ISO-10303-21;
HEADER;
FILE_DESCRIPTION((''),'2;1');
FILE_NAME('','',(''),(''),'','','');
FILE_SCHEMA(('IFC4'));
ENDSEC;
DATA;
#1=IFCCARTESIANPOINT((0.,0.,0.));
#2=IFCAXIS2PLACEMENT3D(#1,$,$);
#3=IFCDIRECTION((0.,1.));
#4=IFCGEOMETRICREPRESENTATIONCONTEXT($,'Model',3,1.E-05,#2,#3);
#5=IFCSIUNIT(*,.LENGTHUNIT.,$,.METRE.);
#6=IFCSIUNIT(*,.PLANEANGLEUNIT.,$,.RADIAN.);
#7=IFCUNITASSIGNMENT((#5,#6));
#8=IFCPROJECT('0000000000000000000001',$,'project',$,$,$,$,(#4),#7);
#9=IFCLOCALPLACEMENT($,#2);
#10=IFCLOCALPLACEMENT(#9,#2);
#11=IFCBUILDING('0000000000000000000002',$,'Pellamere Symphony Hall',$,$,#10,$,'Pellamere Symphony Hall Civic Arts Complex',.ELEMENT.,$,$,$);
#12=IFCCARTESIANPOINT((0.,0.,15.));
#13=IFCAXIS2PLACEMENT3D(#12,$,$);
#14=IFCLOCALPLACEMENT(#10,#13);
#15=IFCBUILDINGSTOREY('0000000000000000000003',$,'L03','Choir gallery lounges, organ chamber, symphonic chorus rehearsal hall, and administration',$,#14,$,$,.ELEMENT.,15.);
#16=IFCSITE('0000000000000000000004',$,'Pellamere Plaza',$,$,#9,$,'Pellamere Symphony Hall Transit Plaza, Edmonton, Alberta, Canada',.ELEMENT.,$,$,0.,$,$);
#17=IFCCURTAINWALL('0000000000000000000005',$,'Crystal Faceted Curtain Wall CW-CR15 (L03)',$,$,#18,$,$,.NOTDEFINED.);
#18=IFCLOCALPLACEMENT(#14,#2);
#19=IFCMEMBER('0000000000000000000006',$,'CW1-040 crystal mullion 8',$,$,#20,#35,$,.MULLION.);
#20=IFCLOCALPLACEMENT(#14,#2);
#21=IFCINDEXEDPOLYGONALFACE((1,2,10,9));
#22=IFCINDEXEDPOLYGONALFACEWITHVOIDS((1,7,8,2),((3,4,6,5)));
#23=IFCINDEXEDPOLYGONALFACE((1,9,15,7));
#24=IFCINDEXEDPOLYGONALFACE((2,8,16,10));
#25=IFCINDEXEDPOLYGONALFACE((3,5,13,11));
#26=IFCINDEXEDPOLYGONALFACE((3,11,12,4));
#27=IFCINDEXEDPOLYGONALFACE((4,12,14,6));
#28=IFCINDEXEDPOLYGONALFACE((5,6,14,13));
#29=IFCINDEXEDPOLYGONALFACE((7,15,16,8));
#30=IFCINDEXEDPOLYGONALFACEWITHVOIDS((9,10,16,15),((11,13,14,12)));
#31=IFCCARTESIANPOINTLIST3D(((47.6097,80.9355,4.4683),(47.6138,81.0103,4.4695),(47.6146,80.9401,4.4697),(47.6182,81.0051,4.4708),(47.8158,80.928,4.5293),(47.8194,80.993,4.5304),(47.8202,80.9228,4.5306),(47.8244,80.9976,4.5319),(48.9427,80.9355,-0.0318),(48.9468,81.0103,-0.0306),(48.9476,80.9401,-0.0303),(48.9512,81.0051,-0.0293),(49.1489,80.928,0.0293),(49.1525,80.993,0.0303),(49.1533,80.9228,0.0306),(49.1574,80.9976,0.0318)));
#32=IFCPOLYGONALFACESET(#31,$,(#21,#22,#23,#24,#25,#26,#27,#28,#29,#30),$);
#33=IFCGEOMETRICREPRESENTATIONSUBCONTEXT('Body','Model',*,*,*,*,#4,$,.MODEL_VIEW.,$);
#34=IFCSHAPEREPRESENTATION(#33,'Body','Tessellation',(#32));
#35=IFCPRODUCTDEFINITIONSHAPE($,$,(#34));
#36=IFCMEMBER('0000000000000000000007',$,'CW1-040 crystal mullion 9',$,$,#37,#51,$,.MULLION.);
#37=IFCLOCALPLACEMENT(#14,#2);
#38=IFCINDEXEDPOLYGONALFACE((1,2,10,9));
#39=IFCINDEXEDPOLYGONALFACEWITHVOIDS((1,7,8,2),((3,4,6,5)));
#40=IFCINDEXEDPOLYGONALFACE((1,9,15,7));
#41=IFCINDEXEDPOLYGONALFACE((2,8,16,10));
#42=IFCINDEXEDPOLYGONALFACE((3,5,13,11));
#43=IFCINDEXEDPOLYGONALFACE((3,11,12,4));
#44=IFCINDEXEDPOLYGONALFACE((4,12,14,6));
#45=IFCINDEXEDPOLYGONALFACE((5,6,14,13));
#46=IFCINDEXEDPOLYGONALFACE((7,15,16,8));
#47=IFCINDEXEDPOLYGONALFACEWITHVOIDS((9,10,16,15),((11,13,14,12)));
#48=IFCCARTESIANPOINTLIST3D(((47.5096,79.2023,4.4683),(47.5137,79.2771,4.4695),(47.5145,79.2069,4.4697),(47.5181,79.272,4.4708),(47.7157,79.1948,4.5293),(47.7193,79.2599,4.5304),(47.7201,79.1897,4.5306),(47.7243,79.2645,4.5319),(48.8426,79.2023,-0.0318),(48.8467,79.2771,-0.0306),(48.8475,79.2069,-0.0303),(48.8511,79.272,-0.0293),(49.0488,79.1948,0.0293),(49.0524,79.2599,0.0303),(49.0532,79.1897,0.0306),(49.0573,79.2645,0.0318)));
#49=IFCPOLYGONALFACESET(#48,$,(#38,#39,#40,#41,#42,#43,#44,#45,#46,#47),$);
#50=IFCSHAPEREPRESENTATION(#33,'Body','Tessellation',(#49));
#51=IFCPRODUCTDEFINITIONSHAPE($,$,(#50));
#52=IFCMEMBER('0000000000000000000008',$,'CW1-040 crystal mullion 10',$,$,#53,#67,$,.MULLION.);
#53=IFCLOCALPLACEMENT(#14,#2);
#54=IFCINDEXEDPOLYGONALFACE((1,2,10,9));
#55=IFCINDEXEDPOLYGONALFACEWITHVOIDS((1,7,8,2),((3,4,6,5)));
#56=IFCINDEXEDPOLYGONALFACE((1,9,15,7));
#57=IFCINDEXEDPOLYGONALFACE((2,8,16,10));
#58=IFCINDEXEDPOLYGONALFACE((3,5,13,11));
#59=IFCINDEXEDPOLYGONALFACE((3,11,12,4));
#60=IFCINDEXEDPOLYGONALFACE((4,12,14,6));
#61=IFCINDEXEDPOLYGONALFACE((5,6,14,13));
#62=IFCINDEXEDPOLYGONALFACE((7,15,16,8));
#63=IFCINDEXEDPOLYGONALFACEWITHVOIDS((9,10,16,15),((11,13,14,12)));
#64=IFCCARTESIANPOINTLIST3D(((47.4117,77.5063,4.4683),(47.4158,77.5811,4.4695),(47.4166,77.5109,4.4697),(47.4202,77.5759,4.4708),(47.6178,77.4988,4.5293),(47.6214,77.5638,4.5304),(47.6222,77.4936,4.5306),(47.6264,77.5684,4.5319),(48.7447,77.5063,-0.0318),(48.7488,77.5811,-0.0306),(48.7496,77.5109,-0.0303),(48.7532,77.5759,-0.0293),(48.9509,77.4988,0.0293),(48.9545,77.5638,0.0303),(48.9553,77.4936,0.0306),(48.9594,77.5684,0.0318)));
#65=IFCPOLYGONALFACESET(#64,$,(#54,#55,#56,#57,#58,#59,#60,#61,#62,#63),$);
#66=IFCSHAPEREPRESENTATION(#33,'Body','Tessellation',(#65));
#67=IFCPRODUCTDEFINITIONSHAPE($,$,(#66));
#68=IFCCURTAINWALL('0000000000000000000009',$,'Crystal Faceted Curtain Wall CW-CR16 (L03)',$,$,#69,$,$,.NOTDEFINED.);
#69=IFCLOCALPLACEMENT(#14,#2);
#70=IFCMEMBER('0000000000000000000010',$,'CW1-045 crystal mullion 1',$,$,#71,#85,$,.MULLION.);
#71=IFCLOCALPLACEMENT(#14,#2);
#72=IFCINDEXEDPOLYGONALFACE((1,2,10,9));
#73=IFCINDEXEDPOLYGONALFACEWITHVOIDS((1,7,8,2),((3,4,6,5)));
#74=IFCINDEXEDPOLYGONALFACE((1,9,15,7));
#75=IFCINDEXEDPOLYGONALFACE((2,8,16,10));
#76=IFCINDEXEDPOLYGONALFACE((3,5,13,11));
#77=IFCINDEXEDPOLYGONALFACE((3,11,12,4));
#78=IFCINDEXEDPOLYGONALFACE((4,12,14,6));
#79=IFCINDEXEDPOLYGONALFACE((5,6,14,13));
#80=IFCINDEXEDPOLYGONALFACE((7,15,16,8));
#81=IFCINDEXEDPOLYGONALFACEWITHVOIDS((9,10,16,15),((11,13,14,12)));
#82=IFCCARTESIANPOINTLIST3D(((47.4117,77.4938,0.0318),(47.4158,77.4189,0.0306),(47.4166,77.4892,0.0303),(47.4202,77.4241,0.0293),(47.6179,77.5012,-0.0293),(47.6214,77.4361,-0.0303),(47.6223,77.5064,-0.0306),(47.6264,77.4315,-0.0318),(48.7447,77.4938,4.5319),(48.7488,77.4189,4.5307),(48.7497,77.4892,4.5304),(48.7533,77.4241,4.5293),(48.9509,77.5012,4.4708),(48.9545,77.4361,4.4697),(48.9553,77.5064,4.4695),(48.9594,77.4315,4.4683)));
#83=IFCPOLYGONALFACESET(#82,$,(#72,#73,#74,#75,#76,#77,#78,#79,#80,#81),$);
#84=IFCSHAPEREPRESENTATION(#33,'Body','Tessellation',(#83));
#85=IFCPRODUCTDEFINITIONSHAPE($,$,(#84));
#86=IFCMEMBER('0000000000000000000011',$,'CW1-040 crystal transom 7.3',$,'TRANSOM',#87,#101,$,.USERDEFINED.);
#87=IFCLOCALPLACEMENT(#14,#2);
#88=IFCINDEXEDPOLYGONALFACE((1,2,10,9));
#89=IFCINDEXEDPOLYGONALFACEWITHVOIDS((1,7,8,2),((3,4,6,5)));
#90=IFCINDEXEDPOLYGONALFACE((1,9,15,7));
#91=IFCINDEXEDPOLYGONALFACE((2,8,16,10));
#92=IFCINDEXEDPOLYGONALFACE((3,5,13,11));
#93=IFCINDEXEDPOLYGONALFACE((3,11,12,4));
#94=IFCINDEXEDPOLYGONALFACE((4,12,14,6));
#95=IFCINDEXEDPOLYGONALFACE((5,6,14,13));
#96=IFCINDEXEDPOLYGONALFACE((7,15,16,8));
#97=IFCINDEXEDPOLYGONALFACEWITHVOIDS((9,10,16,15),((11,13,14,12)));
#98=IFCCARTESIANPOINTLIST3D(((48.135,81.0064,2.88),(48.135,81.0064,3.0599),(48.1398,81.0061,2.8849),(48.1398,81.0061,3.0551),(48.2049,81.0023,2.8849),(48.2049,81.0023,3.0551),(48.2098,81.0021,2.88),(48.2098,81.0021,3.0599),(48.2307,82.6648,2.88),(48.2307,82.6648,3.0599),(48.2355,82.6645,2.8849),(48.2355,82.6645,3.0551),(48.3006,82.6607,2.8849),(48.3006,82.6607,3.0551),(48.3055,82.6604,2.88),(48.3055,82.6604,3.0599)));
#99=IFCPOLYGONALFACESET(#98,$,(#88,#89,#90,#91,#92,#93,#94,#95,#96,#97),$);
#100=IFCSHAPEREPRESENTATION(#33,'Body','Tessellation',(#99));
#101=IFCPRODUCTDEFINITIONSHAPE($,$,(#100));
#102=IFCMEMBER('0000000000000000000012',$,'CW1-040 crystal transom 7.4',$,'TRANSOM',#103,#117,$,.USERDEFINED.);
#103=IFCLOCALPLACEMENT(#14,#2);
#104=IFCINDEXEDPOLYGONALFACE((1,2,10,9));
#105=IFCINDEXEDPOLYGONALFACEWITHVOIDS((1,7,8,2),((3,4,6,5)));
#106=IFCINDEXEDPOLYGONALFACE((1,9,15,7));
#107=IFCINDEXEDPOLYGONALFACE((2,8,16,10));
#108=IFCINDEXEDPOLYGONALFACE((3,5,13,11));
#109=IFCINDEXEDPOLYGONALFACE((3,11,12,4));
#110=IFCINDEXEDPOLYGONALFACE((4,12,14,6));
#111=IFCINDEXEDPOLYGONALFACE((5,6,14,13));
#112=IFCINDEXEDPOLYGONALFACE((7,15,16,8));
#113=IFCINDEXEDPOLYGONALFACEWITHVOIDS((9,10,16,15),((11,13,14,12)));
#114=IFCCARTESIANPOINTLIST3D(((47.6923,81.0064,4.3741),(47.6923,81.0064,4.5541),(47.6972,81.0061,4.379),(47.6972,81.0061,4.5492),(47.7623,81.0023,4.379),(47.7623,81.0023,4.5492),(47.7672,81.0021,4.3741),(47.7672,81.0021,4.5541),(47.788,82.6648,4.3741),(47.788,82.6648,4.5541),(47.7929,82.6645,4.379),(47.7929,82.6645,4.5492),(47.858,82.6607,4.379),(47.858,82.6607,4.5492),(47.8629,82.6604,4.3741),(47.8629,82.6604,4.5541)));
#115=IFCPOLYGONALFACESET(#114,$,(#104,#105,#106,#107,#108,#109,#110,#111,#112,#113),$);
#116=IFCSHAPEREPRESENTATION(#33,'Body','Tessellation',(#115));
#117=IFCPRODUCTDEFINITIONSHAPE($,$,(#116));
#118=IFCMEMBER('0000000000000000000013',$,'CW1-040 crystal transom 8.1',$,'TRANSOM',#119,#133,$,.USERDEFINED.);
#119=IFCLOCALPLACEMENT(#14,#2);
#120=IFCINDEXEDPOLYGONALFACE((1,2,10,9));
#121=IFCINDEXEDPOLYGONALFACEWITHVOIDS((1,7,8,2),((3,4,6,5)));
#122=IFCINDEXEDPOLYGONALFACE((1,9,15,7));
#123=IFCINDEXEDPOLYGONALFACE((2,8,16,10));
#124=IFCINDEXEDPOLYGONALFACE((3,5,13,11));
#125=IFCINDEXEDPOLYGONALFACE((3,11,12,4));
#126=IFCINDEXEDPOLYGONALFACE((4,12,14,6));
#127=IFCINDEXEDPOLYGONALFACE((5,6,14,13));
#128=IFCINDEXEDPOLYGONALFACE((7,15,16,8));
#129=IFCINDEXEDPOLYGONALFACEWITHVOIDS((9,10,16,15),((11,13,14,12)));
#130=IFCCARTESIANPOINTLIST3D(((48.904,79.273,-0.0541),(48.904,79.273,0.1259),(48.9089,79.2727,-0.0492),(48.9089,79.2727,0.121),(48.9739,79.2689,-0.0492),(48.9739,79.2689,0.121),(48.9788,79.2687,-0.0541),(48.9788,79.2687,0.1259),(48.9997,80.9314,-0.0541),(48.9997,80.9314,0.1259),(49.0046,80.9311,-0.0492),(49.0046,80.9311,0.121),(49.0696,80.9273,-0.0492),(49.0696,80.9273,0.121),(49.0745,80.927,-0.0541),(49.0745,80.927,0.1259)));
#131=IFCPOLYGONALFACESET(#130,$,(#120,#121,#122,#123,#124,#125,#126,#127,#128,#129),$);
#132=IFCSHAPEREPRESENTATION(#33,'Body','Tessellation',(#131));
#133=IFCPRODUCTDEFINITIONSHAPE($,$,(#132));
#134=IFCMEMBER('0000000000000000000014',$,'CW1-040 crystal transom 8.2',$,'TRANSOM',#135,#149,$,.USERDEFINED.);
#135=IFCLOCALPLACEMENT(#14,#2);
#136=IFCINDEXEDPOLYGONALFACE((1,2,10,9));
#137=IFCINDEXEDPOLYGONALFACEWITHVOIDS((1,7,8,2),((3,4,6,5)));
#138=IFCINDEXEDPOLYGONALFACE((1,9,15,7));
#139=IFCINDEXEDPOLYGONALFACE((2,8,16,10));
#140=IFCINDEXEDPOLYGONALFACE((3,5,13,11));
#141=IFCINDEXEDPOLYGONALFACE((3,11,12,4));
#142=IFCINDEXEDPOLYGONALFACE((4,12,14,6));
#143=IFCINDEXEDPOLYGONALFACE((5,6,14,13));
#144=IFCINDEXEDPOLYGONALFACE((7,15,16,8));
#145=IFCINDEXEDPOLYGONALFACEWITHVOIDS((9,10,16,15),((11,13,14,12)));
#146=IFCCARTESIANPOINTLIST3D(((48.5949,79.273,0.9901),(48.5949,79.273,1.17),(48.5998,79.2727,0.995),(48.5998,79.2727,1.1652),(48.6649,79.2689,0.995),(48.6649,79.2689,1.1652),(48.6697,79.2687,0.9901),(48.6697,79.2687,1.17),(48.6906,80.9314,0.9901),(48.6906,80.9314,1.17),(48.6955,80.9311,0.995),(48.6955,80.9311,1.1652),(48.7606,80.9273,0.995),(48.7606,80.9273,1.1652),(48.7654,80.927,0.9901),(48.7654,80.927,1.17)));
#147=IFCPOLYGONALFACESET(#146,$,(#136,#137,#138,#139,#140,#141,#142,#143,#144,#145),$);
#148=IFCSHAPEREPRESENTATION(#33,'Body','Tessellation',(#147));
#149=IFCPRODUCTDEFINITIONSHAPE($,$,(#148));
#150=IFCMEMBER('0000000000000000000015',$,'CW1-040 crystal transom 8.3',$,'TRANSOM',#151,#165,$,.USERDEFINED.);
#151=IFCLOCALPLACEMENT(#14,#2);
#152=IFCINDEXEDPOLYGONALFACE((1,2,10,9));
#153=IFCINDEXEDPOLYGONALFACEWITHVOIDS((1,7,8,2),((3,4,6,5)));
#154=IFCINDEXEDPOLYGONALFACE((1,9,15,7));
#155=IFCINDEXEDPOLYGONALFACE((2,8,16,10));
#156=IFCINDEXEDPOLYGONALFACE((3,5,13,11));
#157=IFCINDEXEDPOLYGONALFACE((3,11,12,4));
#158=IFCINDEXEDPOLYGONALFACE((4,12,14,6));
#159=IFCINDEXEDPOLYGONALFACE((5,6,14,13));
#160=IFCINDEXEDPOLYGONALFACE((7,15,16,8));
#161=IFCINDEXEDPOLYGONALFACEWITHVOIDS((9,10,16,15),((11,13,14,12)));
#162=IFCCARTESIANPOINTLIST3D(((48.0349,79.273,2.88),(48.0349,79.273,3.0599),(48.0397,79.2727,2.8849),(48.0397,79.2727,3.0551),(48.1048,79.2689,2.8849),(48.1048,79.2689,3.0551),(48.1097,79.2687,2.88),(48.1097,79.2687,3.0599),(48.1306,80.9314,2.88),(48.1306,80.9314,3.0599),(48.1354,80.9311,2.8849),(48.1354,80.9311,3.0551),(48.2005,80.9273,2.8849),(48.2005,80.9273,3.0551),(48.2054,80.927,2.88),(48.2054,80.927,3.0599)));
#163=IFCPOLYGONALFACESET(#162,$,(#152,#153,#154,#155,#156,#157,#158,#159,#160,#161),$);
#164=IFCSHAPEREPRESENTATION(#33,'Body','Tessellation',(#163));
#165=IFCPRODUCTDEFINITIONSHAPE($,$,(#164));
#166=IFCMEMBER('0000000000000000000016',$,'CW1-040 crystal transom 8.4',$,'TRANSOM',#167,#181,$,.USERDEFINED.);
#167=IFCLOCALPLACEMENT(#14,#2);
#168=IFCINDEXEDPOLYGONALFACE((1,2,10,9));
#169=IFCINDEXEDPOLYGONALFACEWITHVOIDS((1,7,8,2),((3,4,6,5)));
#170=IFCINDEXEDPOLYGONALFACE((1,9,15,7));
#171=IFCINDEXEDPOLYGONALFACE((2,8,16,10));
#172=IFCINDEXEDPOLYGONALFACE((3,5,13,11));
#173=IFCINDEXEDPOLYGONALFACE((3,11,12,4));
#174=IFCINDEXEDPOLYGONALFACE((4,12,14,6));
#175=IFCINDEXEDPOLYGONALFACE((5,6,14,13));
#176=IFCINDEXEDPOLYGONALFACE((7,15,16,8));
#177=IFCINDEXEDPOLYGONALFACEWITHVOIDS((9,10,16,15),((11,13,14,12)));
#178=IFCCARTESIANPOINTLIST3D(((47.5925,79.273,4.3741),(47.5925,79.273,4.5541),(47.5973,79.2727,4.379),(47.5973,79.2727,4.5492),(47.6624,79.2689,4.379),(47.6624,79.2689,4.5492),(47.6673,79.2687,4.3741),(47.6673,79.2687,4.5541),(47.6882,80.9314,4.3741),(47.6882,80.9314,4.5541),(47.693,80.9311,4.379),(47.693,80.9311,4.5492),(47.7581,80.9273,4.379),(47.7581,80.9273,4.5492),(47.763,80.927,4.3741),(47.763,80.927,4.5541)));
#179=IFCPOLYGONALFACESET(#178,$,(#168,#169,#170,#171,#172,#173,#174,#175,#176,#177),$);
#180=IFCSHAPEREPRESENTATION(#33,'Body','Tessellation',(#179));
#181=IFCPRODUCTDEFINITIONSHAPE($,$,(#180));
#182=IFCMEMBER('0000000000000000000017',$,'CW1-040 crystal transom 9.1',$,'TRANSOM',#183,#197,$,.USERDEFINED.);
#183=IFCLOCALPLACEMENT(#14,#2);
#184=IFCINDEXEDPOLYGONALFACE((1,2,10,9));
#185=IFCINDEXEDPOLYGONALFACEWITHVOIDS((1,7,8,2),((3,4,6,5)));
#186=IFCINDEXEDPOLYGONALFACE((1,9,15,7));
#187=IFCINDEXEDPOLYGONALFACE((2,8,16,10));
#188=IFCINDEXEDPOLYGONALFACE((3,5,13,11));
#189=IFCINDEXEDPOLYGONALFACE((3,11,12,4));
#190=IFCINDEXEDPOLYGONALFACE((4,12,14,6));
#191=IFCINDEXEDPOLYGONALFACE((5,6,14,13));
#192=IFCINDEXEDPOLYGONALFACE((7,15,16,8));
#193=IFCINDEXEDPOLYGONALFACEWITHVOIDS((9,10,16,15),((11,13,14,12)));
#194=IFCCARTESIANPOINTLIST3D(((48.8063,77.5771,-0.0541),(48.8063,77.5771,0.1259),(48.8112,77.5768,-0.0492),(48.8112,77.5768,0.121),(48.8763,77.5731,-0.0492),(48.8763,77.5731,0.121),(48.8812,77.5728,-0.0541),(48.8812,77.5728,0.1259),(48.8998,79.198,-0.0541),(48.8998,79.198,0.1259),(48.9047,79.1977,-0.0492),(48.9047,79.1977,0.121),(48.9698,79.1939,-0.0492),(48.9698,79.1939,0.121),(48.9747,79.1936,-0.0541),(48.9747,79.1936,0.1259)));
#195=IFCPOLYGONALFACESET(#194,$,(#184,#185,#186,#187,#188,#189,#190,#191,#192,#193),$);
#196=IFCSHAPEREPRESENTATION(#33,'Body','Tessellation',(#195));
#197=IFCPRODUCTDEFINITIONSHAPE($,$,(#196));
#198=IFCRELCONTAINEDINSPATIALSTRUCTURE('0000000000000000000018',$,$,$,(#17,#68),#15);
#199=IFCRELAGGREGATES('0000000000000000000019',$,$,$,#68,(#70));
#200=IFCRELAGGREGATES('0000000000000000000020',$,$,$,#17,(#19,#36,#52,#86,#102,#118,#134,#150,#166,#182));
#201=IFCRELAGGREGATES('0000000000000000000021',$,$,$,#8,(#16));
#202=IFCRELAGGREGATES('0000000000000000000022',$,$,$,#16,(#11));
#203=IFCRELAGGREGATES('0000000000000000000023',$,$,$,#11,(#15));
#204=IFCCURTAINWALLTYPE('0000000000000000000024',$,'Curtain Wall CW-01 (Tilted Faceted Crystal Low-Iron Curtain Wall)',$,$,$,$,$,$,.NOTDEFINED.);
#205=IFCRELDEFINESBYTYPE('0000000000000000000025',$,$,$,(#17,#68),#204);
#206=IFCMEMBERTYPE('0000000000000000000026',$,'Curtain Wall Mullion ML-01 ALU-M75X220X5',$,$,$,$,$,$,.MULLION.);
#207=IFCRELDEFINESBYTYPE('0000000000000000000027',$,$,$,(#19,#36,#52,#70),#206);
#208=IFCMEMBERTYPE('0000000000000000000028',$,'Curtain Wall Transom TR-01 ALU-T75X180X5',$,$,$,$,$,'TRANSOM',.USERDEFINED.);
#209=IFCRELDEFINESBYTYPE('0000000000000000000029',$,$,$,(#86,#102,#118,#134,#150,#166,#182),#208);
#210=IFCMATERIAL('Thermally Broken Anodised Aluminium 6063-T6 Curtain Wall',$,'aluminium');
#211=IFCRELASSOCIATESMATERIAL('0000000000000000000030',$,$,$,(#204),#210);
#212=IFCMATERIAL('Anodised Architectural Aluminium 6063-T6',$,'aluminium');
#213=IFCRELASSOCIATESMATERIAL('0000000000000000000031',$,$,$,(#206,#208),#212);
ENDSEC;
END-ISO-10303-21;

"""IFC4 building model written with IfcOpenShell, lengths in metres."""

from ifc_helpers import new_model, si_unit, direction, frame, origin, origin_2d, place, context, subcontext, project, spatial, hollow_rectangle, extrude, material, material_profile, profile_set, type_object, element, aggregate, save


model = new_model("IFC4")

# Units and contexts
model_context = context("Model", 3, precision=1e-05, world=origin(), true_north=direction((0.0, 1.0)))
body_context = subcontext(model_context, "Body", "Model", "MODEL_VIEW")
ifc_project = project(units=[si_unit("LENGTHUNIT", "METRE"), si_unit("PLANEANGLEUNIT", "RADIAN")], contexts=[model_context])

# Site, building, storey
site_placement = place(None, origin())
site = spatial("IfcSite", under=ifc_project, at=site_placement, Name="Pellamere Plaza", LongName="Pellamere Symphony Hall Transit Plaza, Edmonton, Alberta, Canada", CompositionType="ELEMENT", RefElevation=0.0)
building_placement = place(site_placement, origin())
building = spatial("IfcBuilding", under=site, at=building_placement, Name="Pellamere Symphony Hall", LongName="Pellamere Symphony Hall Civic Arts Complex", CompositionType="ELEMENT")
storey_placement = place(building_placement, frame((0.0, 0.0, 15.0)))
storey = spatial("IfcBuildingStorey", under=building, at=storey_placement, Name="L03", Description="Choir gallery lounges, organ chamber, symphonic chorus rehearsal hall, and administration", CompositionType="ELEMENT", Elevation=15.0)

# Curtain wall, members
ifc_material_1 = material(Name="Thermally Broken Anodised Aluminium 6063-T6 Curtain Wall", Category="aluminium")
curtain_wall_type = type_object("IfcCurtainWallType", Name="Curtain Wall CW-01 (Tilted Faceted Crystal Low-Iron Curtain Wall)", PredefinedType="NOTDEFINED", material=ifc_material_1)
curtain_wall_1_placement = place(storey_placement, origin())
curtain_wall_1 = element("IfcCurtainWall", 1, at=curtain_wall_1_placement, inside=storey, type_object=curtain_wall_type, Name="Crystal Faceted Curtain Wall CW-CR15 (L03)", PredefinedType="NOTDEFINED")
ifc_material_2 = material(Name="Anodised Architectural Aluminium 6063-T6", Category="aluminium")
ifc_material_profile_1 = material_profile(ifc_material_2, hollow_rectangle(XDim=0.075, YDim=0.22, WallThickness=0.0049, at=origin_2d()), Name="ALU-M75X220X5")
ifc_profile_set_1 = profile_set([ifc_material_profile_1], Name="Anodised Architectural Aluminium 6063-T6")
member_type_1 = type_object("IfcMemberType", Name="Curtain Wall Mullion ML-01 ALU-M75X220X5", PredefinedType="MULLION", material=ifc_profile_set_1)
member_1_placement = place(storey_placement, frame((49.05, 80.9666, 0.0), z_axis=(-0.284025, 0.0, 0.958817), x_axis=(-0.055225, -0.99834, -0.016359)))
member_1 = element("IfcMember", 2, at=member_1_placement, type_object=member_type_1, Name="CW1-040 crystal mullion 8", PredefinedType="MULLION", context=body_context, shape_type="SweptSolid", body=[
    extrude(hollow_rectangle(XDim=0.075, YDim=0.22, WallThickness=0.0049, at=origin_2d()), origin(), (0.0, 0.0, 1.0), 4.6934),
])
member_2_placement = place(storey_placement, frame((48.95, 79.2334, 0.0), z_axis=(-0.284025, 0.0, 0.958817), x_axis=(-0.055225, -0.99834, -0.016359)))
member_2 = element("IfcMember", 3, at=member_2_placement, type_object=member_type_1, Name="CW1-040 crystal mullion 9", PredefinedType="MULLION", context=body_context, shape_type="SweptSolid", body=[
    extrude(hollow_rectangle(XDim=0.075, YDim=0.22, WallThickness=0.0049, at=origin_2d()), origin(), (0.0, 0.0, 1.0), 4.6934),
])
member_3_placement = place(storey_placement, frame((48.8521, 77.5374, 0.0), z_axis=(-0.284025, 0.0, 0.958817), x_axis=(-0.055225, -0.99834, -0.016359)))
member_3 = element("IfcMember", 4, at=member_3_placement, type_object=member_type_1, Name="CW1-040 crystal mullion 10", PredefinedType="MULLION", context=body_context, shape_type="SweptSolid", body=[
    extrude(hollow_rectangle(XDim=0.075, YDim=0.22, WallThickness=0.0049, at=origin_2d()), origin(), (0.0, 0.0, 1.0), 4.6934),
])

# Curtain wall, member
curtain_wall_2_placement = place(storey_placement, origin())
curtain_wall_2 = element("IfcCurtainWall", 5, at=curtain_wall_2_placement, inside=storey, type_object=curtain_wall_type, Name="Crystal Faceted Curtain Wall CW-CR16 (L03)", PredefinedType="NOTDEFINED")
member_4_placement = place(storey_placement, frame((47.519, 77.4626, 0.0), z_axis=(0.284025, 0.0, 0.958817), x_axis=(-0.054874, 0.998361, 0.016255)))
member_4 = element("IfcMember", 6, at=member_4_placement, type_object=member_type_1, Name="CW1-045 crystal mullion 1", PredefinedType="MULLION", context=body_context, shape_type="SweptSolid", body=[
    extrude(hollow_rectangle(XDim=0.075, YDim=0.22, WallThickness=0.0049, at=origin_2d()), origin(), (0.0, 0.0, 1.0), 4.6934),
])

# Members
ifc_material_profile_2 = material_profile(ifc_material_2, hollow_rectangle(XDim=0.075, YDim=0.1799, WallThickness=0.0049, at=origin_2d()), Name="ALU-T75X180X5")
ifc_profile_set_2 = profile_set([ifc_material_profile_2], Name="Anodised Architectural Aluminium 6063-T6")
member_type_2 = type_object("IfcMemberType", Name="Curtain Wall Transom TR-01 ALU-T75X180X5", ElementType="TRANSOM", PredefinedType="USERDEFINED", material=ifc_profile_set_2)
member_5_placement = place(storey_placement, frame((48.2681, 82.6626, 2.97), z_axis=(-0.057611, -0.998339, 0.0), x_axis=(0.998339, -0.057611, 0.0)))
member_5 = element("IfcMember", 7, at=member_5_placement, type_object=member_type_2, Name="CW1-040 crystal transom 7.3", ObjectType="TRANSOM", PredefinedType="USERDEFINED", context=body_context, shape_type="SweptSolid", body=[
    extrude(hollow_rectangle(XDim=0.075, YDim=0.1799, WallThickness=0.0049, at=origin_2d()), origin(), (0.0, 0.0, 1.0), 1.6611),
])
member_6_placement = place(storey_placement, frame((47.8254, 82.6626, 4.4641), z_axis=(-0.057611, -0.998339, 0.0), x_axis=(0.998339, -0.057611, 0.0)))
member_6 = element("IfcMember", 8, at=member_6_placement, type_object=member_type_2, Name="CW1-040 crystal transom 7.4", ObjectType="TRANSOM", PredefinedType="USERDEFINED", context=body_context, shape_type="SweptSolid", body=[
    extrude(hollow_rectangle(XDim=0.075, YDim=0.1799, WallThickness=0.0049, at=origin_2d()), origin(), (0.0, 0.0, 1.0), 1.6611),
])
member_7_placement = place(storey_placement, frame((49.0371, 80.9292, 0.0359), z_axis=(-0.057611, -0.998339, 0.0), x_axis=(0.998339, -0.057611, 0.0)))
member_7 = element("IfcMember", 9, at=member_7_placement, type_object=member_type_2, Name="CW1-040 crystal transom 8.1", ObjectType="TRANSOM", PredefinedType="USERDEFINED", context=body_context, shape_type="SweptSolid", body=[
    extrude(hollow_rectangle(XDim=0.075, YDim=0.1799, WallThickness=0.0049, at=origin_2d()), origin(), (0.0, 0.0, 1.0), 1.6611),
])
member_8_placement = place(storey_placement, frame((48.728, 80.9292, 1.0801), z_axis=(-0.057611, -0.998339, 0.0), x_axis=(0.998339, -0.057611, 0.0)))
member_8 = element("IfcMember", 10, at=member_8_placement, type_object=member_type_2, Name="CW1-040 crystal transom 8.2", ObjectType="TRANSOM", PredefinedType="USERDEFINED", context=body_context, shape_type="SweptSolid", body=[
    extrude(hollow_rectangle(XDim=0.075, YDim=0.1799, WallThickness=0.0049, at=origin_2d()), origin(), (0.0, 0.0, 1.0), 1.6611),
])
member_9_placement = place(storey_placement, frame((48.168, 80.9292, 2.97), z_axis=(-0.057611, -0.998339, 0.0), x_axis=(0.998339, -0.057611, 0.0)))
member_9 = element("IfcMember", 11, at=member_9_placement, type_object=member_type_2, Name="CW1-040 crystal transom 8.3", ObjectType="TRANSOM", PredefinedType="USERDEFINED", context=body_context, shape_type="SweptSolid", body=[
    extrude(hollow_rectangle(XDim=0.075, YDim=0.1799, WallThickness=0.0049, at=origin_2d()), origin(), (0.0, 0.0, 1.0), 1.6611),
])
member_10_placement = place(storey_placement, frame((47.7256, 80.9292, 4.4641), z_axis=(-0.057611, -0.998339, 0.0), x_axis=(0.998339, -0.057611, 0.0)))
member_10 = element("IfcMember", 12, at=member_10_placement, type_object=member_type_2, Name="CW1-040 crystal transom 8.4", ObjectType="TRANSOM", PredefinedType="USERDEFINED", context=body_context, shape_type="SweptSolid", body=[
    extrude(hollow_rectangle(XDim=0.075, YDim=0.1799, WallThickness=0.0049, at=origin_2d()), origin(), (0.0, 0.0, 1.0), 1.6611),
])
member_11_placement = place(storey_placement, frame((48.9373, 79.1958, 0.0359), z_axis=(-0.057594, -0.99834, 0.0), x_axis=(0.99834, -0.057594, 0.0)))
member_11 = element("IfcMember", 13, at=member_11_placement, type_object=member_type_2, Name="CW1-040 crystal transom 9.1", ObjectType="TRANSOM", PredefinedType="USERDEFINED", context=body_context, shape_type="SweptSolid", body=[
    extrude(hollow_rectangle(XDim=0.075, YDim=0.1799, WallThickness=0.0049, at=origin_2d()), origin(), (0.0, 0.0, 1.0), 1.6235),
])
aggregate(curtain_wall_2, [member_4])

aggregate(curtain_wall_1, [member_1, member_2, member_3, member_5, member_6, member_7, member_8, member_9, member_10, member_11])

save(model, "model.ifc")
